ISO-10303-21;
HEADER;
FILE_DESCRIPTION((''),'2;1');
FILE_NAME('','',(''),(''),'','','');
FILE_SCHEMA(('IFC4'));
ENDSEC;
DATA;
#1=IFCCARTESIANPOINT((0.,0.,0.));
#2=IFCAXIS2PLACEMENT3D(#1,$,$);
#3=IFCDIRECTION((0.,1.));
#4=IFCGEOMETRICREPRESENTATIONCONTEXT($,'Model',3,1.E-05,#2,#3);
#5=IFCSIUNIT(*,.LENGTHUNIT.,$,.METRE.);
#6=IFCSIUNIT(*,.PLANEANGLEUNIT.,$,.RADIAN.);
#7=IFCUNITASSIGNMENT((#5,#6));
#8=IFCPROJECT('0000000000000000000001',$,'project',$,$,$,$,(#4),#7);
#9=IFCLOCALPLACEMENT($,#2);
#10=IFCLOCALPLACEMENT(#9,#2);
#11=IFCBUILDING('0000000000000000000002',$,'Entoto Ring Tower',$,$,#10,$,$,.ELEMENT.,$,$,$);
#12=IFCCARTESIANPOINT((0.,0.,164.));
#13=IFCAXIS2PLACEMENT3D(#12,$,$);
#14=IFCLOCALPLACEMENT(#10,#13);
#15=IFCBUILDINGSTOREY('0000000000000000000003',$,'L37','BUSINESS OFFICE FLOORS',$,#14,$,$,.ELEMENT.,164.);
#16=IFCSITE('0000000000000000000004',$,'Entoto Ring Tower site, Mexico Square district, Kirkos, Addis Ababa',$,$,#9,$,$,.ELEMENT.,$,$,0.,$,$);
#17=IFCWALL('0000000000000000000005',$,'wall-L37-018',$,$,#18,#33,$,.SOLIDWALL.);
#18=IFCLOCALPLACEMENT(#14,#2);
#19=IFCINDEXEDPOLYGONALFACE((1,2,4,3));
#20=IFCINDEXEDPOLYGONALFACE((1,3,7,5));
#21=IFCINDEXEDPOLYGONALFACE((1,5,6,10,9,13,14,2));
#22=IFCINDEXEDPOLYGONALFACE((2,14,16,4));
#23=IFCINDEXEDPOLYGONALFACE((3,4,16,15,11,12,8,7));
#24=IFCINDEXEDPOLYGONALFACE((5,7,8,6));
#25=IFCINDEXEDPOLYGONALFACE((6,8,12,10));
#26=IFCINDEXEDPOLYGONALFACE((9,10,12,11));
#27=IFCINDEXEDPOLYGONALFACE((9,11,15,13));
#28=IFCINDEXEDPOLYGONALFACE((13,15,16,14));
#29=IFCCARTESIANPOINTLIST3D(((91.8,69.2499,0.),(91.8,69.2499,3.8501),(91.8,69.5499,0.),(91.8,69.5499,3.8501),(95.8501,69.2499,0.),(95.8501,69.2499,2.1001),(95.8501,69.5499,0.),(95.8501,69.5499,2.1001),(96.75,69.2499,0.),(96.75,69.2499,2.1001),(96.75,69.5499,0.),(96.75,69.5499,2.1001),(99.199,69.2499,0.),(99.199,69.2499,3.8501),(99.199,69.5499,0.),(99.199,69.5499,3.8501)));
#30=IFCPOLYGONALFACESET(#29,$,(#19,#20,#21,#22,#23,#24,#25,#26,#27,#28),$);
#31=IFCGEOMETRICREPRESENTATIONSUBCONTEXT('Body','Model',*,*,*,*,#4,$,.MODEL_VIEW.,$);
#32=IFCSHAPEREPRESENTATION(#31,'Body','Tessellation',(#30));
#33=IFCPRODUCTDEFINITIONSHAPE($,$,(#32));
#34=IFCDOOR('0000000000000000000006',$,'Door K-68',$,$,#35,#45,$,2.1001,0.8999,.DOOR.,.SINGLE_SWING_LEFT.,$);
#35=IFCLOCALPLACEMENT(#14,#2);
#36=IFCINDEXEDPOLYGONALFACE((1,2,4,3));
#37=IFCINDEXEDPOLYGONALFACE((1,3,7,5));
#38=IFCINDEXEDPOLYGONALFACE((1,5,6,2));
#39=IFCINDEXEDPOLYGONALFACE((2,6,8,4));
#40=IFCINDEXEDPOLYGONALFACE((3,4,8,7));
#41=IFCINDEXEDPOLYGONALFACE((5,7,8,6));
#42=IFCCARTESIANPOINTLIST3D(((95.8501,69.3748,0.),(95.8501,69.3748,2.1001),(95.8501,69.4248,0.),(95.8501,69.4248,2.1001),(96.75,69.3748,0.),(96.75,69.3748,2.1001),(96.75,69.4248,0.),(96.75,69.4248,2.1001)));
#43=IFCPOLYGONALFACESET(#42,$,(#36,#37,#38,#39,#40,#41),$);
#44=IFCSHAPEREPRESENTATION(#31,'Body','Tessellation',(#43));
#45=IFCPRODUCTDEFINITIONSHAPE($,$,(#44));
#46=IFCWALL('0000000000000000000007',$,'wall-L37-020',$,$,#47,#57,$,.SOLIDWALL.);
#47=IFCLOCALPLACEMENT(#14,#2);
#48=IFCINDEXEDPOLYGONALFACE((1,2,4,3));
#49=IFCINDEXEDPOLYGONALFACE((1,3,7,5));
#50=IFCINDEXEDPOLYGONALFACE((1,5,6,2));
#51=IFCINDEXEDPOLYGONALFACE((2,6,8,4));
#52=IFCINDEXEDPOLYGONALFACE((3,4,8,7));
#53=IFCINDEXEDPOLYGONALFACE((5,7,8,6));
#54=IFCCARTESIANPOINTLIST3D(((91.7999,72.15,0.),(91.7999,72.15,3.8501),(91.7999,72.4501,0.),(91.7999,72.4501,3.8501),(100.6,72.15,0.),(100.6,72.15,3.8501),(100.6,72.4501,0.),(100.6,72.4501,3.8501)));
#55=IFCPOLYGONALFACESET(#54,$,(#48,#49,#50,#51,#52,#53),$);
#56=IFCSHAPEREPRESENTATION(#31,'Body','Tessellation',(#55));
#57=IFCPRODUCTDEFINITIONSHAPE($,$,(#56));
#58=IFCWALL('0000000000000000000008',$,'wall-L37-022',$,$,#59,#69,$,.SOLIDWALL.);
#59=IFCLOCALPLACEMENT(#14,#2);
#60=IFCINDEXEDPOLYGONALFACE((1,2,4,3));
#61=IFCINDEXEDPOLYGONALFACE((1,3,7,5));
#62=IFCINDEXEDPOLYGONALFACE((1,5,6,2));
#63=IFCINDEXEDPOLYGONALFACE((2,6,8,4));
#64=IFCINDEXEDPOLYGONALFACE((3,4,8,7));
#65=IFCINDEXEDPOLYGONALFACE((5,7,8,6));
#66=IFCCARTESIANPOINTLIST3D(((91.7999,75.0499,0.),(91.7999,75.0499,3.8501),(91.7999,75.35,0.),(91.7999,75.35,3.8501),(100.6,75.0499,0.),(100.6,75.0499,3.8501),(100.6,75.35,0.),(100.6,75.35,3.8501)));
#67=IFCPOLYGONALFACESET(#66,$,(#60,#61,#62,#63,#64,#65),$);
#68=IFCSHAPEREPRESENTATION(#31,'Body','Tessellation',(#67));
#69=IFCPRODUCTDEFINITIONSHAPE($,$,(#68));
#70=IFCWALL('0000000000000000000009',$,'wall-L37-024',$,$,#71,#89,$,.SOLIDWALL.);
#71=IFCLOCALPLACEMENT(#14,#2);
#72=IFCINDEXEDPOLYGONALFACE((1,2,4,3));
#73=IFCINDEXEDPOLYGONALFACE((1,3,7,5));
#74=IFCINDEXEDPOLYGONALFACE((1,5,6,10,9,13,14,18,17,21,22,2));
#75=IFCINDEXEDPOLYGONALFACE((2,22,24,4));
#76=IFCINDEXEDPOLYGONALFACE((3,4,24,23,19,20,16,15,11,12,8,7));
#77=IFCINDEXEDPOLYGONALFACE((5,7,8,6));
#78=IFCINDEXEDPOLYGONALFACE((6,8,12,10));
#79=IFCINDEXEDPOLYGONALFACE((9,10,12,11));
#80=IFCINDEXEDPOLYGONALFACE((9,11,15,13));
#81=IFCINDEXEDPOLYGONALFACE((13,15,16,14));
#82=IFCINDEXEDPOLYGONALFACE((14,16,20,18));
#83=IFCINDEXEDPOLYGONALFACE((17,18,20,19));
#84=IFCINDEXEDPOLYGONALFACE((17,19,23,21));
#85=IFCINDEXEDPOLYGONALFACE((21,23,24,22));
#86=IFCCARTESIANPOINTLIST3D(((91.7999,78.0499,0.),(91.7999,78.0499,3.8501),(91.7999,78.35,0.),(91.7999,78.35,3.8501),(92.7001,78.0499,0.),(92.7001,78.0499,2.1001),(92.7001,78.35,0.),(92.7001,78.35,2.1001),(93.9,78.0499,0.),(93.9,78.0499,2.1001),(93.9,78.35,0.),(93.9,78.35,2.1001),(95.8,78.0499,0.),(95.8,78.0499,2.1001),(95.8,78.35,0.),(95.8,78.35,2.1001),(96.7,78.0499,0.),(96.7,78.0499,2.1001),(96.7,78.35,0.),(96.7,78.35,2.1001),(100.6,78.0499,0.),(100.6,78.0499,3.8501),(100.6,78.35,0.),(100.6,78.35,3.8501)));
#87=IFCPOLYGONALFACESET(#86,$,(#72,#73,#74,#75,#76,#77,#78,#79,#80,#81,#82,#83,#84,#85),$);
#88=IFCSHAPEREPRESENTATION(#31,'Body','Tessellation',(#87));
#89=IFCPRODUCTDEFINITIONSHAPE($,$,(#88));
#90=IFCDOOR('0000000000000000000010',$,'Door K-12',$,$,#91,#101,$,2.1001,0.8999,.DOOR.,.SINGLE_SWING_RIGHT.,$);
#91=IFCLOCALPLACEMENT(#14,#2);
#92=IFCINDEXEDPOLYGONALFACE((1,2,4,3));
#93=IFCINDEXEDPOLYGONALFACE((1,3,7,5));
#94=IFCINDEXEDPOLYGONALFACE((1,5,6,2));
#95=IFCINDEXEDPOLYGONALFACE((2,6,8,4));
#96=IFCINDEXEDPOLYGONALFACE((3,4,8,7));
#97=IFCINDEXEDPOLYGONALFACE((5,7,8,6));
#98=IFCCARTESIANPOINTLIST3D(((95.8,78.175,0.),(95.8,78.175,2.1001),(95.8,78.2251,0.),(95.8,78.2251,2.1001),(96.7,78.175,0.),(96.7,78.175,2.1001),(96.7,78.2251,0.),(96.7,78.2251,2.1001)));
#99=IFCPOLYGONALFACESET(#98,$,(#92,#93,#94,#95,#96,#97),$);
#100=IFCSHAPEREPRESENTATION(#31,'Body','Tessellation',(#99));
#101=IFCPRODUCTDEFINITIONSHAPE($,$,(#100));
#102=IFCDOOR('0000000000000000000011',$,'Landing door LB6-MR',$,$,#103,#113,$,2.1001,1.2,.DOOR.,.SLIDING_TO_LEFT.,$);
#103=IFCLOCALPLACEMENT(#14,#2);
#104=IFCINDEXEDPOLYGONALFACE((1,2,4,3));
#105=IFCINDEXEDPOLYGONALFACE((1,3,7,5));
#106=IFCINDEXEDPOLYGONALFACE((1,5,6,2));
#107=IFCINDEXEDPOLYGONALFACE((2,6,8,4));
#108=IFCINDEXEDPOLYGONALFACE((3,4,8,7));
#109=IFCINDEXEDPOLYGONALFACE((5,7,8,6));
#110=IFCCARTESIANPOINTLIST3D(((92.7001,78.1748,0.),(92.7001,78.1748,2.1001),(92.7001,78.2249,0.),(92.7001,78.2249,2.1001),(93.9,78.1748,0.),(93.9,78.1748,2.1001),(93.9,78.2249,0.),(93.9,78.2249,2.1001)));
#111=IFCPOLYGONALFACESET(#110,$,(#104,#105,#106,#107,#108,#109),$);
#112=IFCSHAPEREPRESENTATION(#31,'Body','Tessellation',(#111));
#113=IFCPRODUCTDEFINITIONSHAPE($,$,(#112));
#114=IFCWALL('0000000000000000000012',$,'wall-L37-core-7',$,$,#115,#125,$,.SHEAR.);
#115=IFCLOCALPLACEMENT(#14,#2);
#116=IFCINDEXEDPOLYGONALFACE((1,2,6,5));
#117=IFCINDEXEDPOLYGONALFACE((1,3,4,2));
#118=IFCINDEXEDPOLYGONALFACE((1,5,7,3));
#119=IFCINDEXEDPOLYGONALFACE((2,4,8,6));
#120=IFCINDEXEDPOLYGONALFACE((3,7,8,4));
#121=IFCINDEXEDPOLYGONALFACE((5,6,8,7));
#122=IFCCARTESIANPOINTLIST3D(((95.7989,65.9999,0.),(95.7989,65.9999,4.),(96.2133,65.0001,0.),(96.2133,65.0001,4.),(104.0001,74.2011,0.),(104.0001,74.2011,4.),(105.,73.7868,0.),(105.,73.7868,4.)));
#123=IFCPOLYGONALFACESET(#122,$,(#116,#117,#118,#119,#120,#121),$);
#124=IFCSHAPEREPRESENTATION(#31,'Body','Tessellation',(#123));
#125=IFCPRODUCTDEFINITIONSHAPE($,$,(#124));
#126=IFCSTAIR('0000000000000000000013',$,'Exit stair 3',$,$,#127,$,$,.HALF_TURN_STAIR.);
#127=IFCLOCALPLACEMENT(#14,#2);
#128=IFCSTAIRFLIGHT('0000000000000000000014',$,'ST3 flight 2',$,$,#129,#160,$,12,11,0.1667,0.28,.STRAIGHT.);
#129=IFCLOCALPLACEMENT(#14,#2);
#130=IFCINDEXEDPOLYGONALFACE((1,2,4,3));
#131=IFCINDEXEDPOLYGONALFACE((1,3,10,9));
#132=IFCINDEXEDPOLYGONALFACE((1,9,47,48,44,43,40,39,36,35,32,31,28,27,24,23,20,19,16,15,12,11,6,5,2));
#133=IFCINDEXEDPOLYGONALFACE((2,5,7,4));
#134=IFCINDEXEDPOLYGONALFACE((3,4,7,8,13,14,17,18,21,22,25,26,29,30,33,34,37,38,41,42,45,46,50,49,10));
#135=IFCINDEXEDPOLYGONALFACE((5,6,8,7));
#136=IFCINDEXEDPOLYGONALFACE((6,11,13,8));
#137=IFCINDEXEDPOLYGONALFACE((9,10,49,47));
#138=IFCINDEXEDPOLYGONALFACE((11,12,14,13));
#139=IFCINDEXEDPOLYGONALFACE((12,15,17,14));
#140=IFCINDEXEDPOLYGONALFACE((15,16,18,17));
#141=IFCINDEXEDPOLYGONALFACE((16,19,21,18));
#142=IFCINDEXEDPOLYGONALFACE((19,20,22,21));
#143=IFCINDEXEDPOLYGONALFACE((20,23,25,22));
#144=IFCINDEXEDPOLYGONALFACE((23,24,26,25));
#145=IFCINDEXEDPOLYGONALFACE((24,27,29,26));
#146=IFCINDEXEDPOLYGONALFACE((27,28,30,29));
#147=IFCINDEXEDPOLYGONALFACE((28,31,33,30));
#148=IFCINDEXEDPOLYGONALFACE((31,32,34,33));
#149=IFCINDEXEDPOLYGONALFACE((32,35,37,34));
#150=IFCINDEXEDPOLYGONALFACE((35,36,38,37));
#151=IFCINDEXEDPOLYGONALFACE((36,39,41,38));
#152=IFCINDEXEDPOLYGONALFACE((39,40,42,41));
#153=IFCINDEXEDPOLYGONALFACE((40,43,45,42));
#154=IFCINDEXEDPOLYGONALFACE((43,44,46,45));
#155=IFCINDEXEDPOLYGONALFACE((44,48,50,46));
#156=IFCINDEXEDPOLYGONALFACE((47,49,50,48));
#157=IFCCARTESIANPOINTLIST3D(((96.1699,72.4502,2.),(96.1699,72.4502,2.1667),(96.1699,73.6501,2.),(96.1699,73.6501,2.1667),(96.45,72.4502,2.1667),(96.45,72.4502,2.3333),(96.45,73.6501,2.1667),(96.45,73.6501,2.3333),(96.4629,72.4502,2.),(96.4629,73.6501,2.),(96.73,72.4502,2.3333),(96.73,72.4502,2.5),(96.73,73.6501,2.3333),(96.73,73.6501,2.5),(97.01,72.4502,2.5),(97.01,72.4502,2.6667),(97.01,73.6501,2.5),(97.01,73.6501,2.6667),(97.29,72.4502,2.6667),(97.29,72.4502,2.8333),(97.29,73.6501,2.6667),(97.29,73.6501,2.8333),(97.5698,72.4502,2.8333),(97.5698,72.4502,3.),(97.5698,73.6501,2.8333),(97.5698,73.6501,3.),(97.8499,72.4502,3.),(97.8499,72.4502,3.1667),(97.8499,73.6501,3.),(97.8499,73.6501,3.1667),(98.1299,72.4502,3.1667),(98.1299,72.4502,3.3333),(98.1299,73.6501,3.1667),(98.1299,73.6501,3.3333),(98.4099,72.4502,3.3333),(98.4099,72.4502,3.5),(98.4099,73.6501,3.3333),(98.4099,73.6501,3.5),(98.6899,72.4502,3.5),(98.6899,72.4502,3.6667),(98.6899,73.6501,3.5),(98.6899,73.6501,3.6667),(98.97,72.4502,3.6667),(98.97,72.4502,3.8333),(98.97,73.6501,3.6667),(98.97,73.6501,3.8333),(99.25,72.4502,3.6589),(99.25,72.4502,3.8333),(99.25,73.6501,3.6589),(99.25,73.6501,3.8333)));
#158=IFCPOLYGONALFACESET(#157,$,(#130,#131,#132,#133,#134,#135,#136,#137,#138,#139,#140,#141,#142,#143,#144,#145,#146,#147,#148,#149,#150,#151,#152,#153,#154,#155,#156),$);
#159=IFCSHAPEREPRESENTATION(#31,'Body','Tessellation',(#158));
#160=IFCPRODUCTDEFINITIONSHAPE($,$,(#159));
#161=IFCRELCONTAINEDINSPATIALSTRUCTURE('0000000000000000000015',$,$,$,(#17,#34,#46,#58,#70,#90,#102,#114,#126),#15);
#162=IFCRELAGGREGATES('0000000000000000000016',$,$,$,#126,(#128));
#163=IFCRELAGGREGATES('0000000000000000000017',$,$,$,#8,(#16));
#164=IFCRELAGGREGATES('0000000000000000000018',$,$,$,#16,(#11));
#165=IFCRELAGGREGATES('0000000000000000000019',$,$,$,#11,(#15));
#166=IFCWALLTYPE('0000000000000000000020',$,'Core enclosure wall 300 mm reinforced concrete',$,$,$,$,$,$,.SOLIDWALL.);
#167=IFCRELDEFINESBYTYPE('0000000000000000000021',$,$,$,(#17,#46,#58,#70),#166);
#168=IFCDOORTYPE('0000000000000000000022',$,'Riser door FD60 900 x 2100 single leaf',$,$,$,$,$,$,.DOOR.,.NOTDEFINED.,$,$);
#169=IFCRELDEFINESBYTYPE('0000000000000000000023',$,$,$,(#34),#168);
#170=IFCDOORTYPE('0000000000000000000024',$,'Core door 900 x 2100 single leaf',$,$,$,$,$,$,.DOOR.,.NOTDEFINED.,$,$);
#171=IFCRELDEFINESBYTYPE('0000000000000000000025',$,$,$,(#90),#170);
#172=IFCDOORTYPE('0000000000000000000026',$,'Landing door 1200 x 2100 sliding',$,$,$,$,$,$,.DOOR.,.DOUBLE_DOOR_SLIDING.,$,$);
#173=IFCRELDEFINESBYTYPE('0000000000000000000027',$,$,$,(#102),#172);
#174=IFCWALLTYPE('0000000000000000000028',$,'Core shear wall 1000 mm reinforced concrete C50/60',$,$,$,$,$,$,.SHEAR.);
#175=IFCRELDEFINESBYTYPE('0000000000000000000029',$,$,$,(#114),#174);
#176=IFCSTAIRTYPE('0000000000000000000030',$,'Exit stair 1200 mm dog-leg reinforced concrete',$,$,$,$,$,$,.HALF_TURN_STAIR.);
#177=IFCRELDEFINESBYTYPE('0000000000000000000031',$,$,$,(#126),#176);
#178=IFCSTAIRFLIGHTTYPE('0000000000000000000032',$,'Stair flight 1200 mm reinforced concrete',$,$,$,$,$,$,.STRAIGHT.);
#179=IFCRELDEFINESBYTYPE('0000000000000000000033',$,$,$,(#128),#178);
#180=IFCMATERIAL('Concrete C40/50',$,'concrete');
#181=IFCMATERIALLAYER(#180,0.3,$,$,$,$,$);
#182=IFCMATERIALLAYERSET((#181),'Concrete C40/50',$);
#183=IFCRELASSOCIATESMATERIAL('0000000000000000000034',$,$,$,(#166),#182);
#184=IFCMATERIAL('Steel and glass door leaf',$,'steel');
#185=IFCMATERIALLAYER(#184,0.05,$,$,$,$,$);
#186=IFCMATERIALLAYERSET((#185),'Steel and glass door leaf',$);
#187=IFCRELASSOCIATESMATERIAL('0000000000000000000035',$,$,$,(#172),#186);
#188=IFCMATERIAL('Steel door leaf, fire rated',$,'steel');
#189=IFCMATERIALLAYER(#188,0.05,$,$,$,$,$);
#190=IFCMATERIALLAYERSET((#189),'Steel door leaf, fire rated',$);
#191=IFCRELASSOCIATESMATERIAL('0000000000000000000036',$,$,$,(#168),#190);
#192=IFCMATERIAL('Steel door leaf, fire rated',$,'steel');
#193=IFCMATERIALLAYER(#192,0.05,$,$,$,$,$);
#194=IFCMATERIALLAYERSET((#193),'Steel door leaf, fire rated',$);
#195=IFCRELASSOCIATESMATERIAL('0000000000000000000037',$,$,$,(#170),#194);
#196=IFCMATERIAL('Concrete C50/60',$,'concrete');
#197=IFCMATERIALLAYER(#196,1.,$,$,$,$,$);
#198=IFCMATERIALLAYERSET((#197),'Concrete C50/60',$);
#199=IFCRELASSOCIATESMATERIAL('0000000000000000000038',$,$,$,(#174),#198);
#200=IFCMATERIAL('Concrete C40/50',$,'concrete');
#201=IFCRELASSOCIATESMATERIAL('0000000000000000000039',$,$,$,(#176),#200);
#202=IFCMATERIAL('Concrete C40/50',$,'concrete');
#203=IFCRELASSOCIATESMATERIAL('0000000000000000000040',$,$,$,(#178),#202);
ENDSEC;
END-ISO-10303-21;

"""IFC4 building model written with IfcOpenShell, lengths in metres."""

from ifc_helpers import new_model, si_unit, direction, frame, frame_2d, origin, place, context, subcontext, project, spatial, polyline, rectangle, outline, extrude, material, layer, layer_set, type_object, element, fill, aggregate, save


model = new_model("IFC4")

# Units and contexts
model_context = context("Model", 3, precision=1e-05, world=origin(), true_north=direction((0.0, 1.0)))
body_context = subcontext(model_context, "Body", "Model", "MODEL_VIEW")
ifc_project = project(units=[si_unit("LENGTHUNIT", "METRE"), si_unit("PLANEANGLEUNIT", "RADIAN")], contexts=[model_context])

# Site, building, storey
site_placement = place(None, origin())
site = spatial("IfcSite", under=ifc_project, at=site_placement, Name="Entoto Ring Tower site, Mexico Square district, Kirkos, Addis Ababa", CompositionType="ELEMENT", RefElevation=0.0)
building_placement = place(site_placement, origin())
building = spatial("IfcBuilding", under=site, at=building_placement, Name="Entoto Ring Tower", CompositionType="ELEMENT")
storey_placement = place(building_placement, frame((0.0, 0.0, 164.0)))
storey = spatial("IfcBuildingStorey", under=building, at=storey_placement, Name="L37", Description="BUSINESS OFFICE FLOORS", CompositionType="ELEMENT", Elevation=164.0)

# Shared definitions
ifc_material_1 = material(Name="Concrete C40/50", Category="concrete")
ifc_layer_1 = layer(ifc_material_1, 0.3)
ifc_layer_set_1 = layer_set([ifc_layer_1], Name="Concrete C40/50")
wall_type_1 = type_object("IfcWallType", Name="Core enclosure wall 300 mm reinforced concrete", PredefinedType="SOLIDWALL", material=ifc_layer_set_1)

# Shared definitions
ifc_material_2 = material(Name="Steel and glass door leaf", Category="steel")
ifc_layer_2 = layer(ifc_material_2, 0.05)
ifc_layer_set_2 = layer_set([ifc_layer_2], Name="Steel and glass door leaf")
door_type_1 = type_object("IfcDoorType", Name="Landing door 1200 x 2100 sliding", OperationType="DOUBLE_DOOR_SLIDING", PredefinedType="DOOR", material=ifc_layer_set_2)

# Wall, opening, door
wall_1_placement = place(storey_placement, frame((91.8, 69.3999, 0.0), z_axis=(0.0, 0.0, 1.0), x_axis=(1.0, 0.0, 0.0)))
wall_1 = element("IfcWall", 1, at=wall_1_placement, inside=storey, type_object=wall_type_1, Name="wall-L37-018", PredefinedType="SOLIDWALL", context=body_context, shape_type="SweptSolid", body=[
    extrude(rectangle(XDim=7.3989, YDim=0.3, at=frame_2d((3.6995, 0.0))), origin(), (0.0, 0.0, 1.0), 3.8501),
])
opening_1_placement = place(wall_1_placement, frame((4.05, 0.0, 0.0)))
opening_1 = element("IfcOpeningElement", 2, at=opening_1_placement, cuts=wall_1, PredefinedType="OPENING", context=body_context, shape_type="SweptSolid", body=[
    extrude(rectangle(XDim=0.8999, YDim=2.1001, at=frame_2d((0.45, 1.05))), frame((0.0, 0.1602, 0.0), z_axis=(0.0, -1.0, 0.0), x_axis=(1.0, 0.0, 0.0)), (0.0, 0.0, 1.0), 0.3201),
])
ifc_material_3 = material(Name="Steel door leaf, fire rated", Category="steel")
ifc_layer_3 = layer(ifc_material_3, 0.05)
ifc_layer_set_3 = layer_set([ifc_layer_3], Name="Steel door leaf, fire rated")
door_type_2 = type_object("IfcDoorType", Name="Riser door FD60 900 x 2100 single leaf", OperationType="NOTDEFINED", PredefinedType="DOOR", material=ifc_layer_set_3)
door_1_placement = place(opening_1_placement, origin())
door_1 = element("IfcDoor", 3, at=door_1_placement, inside=storey, type_object=door_type_2, Name="Door K-68", OperationType="SINGLE_SWING_LEFT", OverallHeight=2.1001, OverallWidth=0.8999, PredefinedType="DOOR", context=body_context, shape_type="SweptSolid", body=[
    extrude(rectangle(XDim=0.8999, YDim=2.1001, at=frame_2d((0.45, 1.05))), frame((0.0, 0.0249, 0.0), z_axis=(0.0, -1.0, 0.0), x_axis=(1.0, 0.0, 0.0)), (0.0, 0.0, 1.0), 0.05),
])
fill(opening_1, door_1)

# Walls
for number, where, z_axis, x_axis, name in (
    (4, (91.8, 72.3, 0.0), (0.0, 0.0, 1.0), (1.0, 0.0, 0.0), "wall-L37-020"),
    (5, (91.8, 75.2, 0.0), (0.0, 0.0, 1.0), (1.0, 0.0, 0.0), "wall-L37-022"),
):
    element("IfcWall", number, at=place(storey_placement, frame(where, z_axis=z_axis, x_axis=x_axis)), inside=storey, type_object=wall_type_1, Name=name, PredefinedType="SOLIDWALL", context=body_context, shape_type="SweptSolid", body=[
        extrude(rectangle(XDim=8.8, YDim=0.3, at=frame_2d((4.3999, 0.0))), origin(), (0.0, 0.0, 1.0), 3.8501),
    ])

# Wall, openings, doors
wall_2_placement = place(storey_placement, frame((91.8, 78.2, 0.0), z_axis=(0.0, 0.0, 1.0), x_axis=(1.0, 0.0, 0.0)))
wall_2 = element("IfcWall", 6, at=wall_2_placement, inside=storey, type_object=wall_type_1, Name="wall-L37-024", PredefinedType="SOLIDWALL", context=body_context, shape_type="SweptSolid", body=[
    extrude(rectangle(XDim=8.8, YDim=0.3, at=frame_2d((4.3999, 0.0))), origin(), (0.0, 0.0, 1.0), 3.8501),
])
opening_2_placement = place(wall_2_placement, frame((0.8999, 0.0, 0.0)))
opening_2 = element("IfcOpeningElement", 7, at=opening_2_placement, cuts=wall_2, PredefinedType="OPENING", context=body_context, shape_type="SweptSolid", body=[
    extrude(rectangle(XDim=1.2, YDim=2.1001, at=frame_2d((0.6001, 1.05))), frame((0.0, 0.1602, 0.0), z_axis=(0.0, -1.0, 0.0), x_axis=(1.0, 0.0, 0.0)), (0.0, 0.0, 1.0), 0.3201),
])
opening_3_placement = place(wall_2_placement, frame((4.0, 0.0, 0.0)))
opening_3 = element("IfcOpeningElement", 8, at=opening_3_placement, cuts=wall_2, PredefinedType="OPENING", context=body_context, shape_type="SweptSolid", body=[
    extrude(rectangle(XDim=0.8999, YDim=2.1001, at=frame_2d((0.45, 1.05))), frame((0.0, 0.1602, 0.0), z_axis=(0.0, -1.0, 0.0), x_axis=(1.0, 0.0, 0.0)), (0.0, 0.0, 1.0), 0.3201),
])
ifc_material_4 = material(Name="Steel door leaf, fire rated", Category="steel")
ifc_layer_4 = layer(ifc_material_4, 0.05)
ifc_layer_set_4 = layer_set([ifc_layer_4], Name="Steel door leaf, fire rated")
door_type_3 = type_object("IfcDoorType", Name="Core door 900 x 2100 single leaf", OperationType="NOTDEFINED", PredefinedType="DOOR", material=ifc_layer_set_4)
door_2_placement = place(opening_3_placement, frame((0.8999, 0.0, 0.0), z_axis=(0.0, 0.0, 1.0), x_axis=(-1.0, 0.0, 0.0)))
door_2 = element("IfcDoor", 9, at=door_2_placement, inside=storey, type_object=door_type_3, Name="Door K-12", OperationType="SINGLE_SWING_RIGHT", OverallHeight=2.1001, OverallWidth=0.8999, PredefinedType="DOOR", context=body_context, shape_type="SweptSolid", body=[
    extrude(rectangle(XDim=0.8999, YDim=2.1001, at=frame_2d((0.45, 1.05))), frame((0.0, 0.0249, 0.0), z_axis=(0.0, -1.0, 0.0), x_axis=(1.0, 0.0, 0.0)), (0.0, 0.0, 1.0), 0.05),
])
fill(opening_3, door_2)
door_3_placement = place(opening_2_placement, origin())
door_3 = element("IfcDoor", 10, at=door_3_placement, inside=storey, type_object=door_type_1, Name="Landing door LB6-MR", OperationType="SLIDING_TO_LEFT", OverallHeight=2.1001, OverallWidth=1.2, PredefinedType="DOOR", context=body_context, shape_type="SweptSolid", body=[
    extrude(rectangle(XDim=1.2, YDim=2.1001, at=frame_2d((0.6001, 1.05))), frame((0.0, 0.0249, 0.0), z_axis=(0.0, -1.0, 0.0), x_axis=(1.0, 0.0, 0.0)), (0.0, 0.0, 1.0), 0.05),
])
fill(opening_2, door_3)

# Wall
ifc_material_5 = material(Name="Concrete C50/60", Category="concrete")
ifc_layer_5 = layer(ifc_material_5, 1.0)
ifc_layer_set_5 = layer_set([ifc_layer_5], Name="Concrete C50/60")
wall_type_2 = type_object("IfcWallType", Name="Core shear wall 1000 mm reinforced concrete C50/60", PredefinedType="SHEAR", material=ifc_layer_set_5)
wall_3_placement = place(storey_placement, frame((96.0061, 65.5, 0.0), z_axis=(0.0, 0.0, 1.0), x_axis=(0.707107, 0.707107, 0.0)))
element("IfcWall", 11, at=wall_3_placement, inside=storey, type_object=wall_type_2, Name="wall-L37-core-7", PredefinedType="SHEAR", context=body_context, shape_type="SweptSolid", body=[
    extrude(outline(polyline([(-0.207, -0.5), (12.2192, -0.5), (11.8052, 0.5), (0.207, 0.5), (-0.207, -0.5)])), origin(), (0.0, 0.0, 1.0), 4.0),
])

# Stair, stair flight
ifc_material_6 = material(Name="Concrete C40/50", Category="concrete")
stair_type = type_object("IfcStairType", Name="Exit stair 1200 mm dog-leg reinforced concrete", PredefinedType="HALF_TURN_STAIR", material=ifc_material_6)
stair_placement = place(storey_placement, origin())
stair = element("IfcStair", 12, at=stair_placement, inside=storey, type_object=stair_type, Name="Exit stair 3", PredefinedType="HALF_TURN_STAIR")
ifc_material_7 = material(Name="Concrete C40/50", Category="concrete")
stair_flight_type = type_object("IfcStairFlightType", Name="Stair flight 1200 mm reinforced concrete", PredefinedType="STRAIGHT", material=ifc_material_7)
stair_flight_placement = place(storey_placement, frame((96.1699, 73.05, 2.0), z_axis=(0.0, 0.0, 1.0), x_axis=(1.0, 0.0, 0.0)))
stair_flight = element("IfcStairFlight", 13, at=stair_flight_placement, type_object=stair_flight_type, Name="ST3 flight 2", NumberOfRisers=12, NumberOfTreads=11, PredefinedType="STRAIGHT", RiserHeight=0.1667, TreadLength=0.28, context=body_context, shape_type="SweptSolid", body=[
    extrude(outline(polyline([(0.0, 0.0), (0.0, 0.1667), (0.28, 0.1667), (0.28, 0.3333), (0.5601, 0.3333), (0.5601, 0.5), (0.8401, 0.5), (0.8401, 0.6667), (1.1201, 0.6667), (1.1201, 0.8333), (1.3999, 0.8333), (1.3999, 1.0), (1.6799, 1.0), (1.6799, 1.1667), (1.96, 1.1667), (1.96, 1.3333), (2.24, 1.3333), (2.24, 1.5), (2.52, 1.5), (2.52, 1.6667), (2.8, 1.6667), (2.8, 1.8333), (3.0801, 1.8333), (3.0801, 2.0), (3.0801, 1.6589), (0.293, 0.0), (0.0, 0.0)])), frame((0.0, 0.6001, 0.0), z_axis=(0.0, -1.0, 0.0), x_axis=(1.0, 0.0, 0.0)), (0.0, 0.0, 1.0), 1.2),
])
aggregate(stair, [stair_flight])

save(model, "model.ifc")
